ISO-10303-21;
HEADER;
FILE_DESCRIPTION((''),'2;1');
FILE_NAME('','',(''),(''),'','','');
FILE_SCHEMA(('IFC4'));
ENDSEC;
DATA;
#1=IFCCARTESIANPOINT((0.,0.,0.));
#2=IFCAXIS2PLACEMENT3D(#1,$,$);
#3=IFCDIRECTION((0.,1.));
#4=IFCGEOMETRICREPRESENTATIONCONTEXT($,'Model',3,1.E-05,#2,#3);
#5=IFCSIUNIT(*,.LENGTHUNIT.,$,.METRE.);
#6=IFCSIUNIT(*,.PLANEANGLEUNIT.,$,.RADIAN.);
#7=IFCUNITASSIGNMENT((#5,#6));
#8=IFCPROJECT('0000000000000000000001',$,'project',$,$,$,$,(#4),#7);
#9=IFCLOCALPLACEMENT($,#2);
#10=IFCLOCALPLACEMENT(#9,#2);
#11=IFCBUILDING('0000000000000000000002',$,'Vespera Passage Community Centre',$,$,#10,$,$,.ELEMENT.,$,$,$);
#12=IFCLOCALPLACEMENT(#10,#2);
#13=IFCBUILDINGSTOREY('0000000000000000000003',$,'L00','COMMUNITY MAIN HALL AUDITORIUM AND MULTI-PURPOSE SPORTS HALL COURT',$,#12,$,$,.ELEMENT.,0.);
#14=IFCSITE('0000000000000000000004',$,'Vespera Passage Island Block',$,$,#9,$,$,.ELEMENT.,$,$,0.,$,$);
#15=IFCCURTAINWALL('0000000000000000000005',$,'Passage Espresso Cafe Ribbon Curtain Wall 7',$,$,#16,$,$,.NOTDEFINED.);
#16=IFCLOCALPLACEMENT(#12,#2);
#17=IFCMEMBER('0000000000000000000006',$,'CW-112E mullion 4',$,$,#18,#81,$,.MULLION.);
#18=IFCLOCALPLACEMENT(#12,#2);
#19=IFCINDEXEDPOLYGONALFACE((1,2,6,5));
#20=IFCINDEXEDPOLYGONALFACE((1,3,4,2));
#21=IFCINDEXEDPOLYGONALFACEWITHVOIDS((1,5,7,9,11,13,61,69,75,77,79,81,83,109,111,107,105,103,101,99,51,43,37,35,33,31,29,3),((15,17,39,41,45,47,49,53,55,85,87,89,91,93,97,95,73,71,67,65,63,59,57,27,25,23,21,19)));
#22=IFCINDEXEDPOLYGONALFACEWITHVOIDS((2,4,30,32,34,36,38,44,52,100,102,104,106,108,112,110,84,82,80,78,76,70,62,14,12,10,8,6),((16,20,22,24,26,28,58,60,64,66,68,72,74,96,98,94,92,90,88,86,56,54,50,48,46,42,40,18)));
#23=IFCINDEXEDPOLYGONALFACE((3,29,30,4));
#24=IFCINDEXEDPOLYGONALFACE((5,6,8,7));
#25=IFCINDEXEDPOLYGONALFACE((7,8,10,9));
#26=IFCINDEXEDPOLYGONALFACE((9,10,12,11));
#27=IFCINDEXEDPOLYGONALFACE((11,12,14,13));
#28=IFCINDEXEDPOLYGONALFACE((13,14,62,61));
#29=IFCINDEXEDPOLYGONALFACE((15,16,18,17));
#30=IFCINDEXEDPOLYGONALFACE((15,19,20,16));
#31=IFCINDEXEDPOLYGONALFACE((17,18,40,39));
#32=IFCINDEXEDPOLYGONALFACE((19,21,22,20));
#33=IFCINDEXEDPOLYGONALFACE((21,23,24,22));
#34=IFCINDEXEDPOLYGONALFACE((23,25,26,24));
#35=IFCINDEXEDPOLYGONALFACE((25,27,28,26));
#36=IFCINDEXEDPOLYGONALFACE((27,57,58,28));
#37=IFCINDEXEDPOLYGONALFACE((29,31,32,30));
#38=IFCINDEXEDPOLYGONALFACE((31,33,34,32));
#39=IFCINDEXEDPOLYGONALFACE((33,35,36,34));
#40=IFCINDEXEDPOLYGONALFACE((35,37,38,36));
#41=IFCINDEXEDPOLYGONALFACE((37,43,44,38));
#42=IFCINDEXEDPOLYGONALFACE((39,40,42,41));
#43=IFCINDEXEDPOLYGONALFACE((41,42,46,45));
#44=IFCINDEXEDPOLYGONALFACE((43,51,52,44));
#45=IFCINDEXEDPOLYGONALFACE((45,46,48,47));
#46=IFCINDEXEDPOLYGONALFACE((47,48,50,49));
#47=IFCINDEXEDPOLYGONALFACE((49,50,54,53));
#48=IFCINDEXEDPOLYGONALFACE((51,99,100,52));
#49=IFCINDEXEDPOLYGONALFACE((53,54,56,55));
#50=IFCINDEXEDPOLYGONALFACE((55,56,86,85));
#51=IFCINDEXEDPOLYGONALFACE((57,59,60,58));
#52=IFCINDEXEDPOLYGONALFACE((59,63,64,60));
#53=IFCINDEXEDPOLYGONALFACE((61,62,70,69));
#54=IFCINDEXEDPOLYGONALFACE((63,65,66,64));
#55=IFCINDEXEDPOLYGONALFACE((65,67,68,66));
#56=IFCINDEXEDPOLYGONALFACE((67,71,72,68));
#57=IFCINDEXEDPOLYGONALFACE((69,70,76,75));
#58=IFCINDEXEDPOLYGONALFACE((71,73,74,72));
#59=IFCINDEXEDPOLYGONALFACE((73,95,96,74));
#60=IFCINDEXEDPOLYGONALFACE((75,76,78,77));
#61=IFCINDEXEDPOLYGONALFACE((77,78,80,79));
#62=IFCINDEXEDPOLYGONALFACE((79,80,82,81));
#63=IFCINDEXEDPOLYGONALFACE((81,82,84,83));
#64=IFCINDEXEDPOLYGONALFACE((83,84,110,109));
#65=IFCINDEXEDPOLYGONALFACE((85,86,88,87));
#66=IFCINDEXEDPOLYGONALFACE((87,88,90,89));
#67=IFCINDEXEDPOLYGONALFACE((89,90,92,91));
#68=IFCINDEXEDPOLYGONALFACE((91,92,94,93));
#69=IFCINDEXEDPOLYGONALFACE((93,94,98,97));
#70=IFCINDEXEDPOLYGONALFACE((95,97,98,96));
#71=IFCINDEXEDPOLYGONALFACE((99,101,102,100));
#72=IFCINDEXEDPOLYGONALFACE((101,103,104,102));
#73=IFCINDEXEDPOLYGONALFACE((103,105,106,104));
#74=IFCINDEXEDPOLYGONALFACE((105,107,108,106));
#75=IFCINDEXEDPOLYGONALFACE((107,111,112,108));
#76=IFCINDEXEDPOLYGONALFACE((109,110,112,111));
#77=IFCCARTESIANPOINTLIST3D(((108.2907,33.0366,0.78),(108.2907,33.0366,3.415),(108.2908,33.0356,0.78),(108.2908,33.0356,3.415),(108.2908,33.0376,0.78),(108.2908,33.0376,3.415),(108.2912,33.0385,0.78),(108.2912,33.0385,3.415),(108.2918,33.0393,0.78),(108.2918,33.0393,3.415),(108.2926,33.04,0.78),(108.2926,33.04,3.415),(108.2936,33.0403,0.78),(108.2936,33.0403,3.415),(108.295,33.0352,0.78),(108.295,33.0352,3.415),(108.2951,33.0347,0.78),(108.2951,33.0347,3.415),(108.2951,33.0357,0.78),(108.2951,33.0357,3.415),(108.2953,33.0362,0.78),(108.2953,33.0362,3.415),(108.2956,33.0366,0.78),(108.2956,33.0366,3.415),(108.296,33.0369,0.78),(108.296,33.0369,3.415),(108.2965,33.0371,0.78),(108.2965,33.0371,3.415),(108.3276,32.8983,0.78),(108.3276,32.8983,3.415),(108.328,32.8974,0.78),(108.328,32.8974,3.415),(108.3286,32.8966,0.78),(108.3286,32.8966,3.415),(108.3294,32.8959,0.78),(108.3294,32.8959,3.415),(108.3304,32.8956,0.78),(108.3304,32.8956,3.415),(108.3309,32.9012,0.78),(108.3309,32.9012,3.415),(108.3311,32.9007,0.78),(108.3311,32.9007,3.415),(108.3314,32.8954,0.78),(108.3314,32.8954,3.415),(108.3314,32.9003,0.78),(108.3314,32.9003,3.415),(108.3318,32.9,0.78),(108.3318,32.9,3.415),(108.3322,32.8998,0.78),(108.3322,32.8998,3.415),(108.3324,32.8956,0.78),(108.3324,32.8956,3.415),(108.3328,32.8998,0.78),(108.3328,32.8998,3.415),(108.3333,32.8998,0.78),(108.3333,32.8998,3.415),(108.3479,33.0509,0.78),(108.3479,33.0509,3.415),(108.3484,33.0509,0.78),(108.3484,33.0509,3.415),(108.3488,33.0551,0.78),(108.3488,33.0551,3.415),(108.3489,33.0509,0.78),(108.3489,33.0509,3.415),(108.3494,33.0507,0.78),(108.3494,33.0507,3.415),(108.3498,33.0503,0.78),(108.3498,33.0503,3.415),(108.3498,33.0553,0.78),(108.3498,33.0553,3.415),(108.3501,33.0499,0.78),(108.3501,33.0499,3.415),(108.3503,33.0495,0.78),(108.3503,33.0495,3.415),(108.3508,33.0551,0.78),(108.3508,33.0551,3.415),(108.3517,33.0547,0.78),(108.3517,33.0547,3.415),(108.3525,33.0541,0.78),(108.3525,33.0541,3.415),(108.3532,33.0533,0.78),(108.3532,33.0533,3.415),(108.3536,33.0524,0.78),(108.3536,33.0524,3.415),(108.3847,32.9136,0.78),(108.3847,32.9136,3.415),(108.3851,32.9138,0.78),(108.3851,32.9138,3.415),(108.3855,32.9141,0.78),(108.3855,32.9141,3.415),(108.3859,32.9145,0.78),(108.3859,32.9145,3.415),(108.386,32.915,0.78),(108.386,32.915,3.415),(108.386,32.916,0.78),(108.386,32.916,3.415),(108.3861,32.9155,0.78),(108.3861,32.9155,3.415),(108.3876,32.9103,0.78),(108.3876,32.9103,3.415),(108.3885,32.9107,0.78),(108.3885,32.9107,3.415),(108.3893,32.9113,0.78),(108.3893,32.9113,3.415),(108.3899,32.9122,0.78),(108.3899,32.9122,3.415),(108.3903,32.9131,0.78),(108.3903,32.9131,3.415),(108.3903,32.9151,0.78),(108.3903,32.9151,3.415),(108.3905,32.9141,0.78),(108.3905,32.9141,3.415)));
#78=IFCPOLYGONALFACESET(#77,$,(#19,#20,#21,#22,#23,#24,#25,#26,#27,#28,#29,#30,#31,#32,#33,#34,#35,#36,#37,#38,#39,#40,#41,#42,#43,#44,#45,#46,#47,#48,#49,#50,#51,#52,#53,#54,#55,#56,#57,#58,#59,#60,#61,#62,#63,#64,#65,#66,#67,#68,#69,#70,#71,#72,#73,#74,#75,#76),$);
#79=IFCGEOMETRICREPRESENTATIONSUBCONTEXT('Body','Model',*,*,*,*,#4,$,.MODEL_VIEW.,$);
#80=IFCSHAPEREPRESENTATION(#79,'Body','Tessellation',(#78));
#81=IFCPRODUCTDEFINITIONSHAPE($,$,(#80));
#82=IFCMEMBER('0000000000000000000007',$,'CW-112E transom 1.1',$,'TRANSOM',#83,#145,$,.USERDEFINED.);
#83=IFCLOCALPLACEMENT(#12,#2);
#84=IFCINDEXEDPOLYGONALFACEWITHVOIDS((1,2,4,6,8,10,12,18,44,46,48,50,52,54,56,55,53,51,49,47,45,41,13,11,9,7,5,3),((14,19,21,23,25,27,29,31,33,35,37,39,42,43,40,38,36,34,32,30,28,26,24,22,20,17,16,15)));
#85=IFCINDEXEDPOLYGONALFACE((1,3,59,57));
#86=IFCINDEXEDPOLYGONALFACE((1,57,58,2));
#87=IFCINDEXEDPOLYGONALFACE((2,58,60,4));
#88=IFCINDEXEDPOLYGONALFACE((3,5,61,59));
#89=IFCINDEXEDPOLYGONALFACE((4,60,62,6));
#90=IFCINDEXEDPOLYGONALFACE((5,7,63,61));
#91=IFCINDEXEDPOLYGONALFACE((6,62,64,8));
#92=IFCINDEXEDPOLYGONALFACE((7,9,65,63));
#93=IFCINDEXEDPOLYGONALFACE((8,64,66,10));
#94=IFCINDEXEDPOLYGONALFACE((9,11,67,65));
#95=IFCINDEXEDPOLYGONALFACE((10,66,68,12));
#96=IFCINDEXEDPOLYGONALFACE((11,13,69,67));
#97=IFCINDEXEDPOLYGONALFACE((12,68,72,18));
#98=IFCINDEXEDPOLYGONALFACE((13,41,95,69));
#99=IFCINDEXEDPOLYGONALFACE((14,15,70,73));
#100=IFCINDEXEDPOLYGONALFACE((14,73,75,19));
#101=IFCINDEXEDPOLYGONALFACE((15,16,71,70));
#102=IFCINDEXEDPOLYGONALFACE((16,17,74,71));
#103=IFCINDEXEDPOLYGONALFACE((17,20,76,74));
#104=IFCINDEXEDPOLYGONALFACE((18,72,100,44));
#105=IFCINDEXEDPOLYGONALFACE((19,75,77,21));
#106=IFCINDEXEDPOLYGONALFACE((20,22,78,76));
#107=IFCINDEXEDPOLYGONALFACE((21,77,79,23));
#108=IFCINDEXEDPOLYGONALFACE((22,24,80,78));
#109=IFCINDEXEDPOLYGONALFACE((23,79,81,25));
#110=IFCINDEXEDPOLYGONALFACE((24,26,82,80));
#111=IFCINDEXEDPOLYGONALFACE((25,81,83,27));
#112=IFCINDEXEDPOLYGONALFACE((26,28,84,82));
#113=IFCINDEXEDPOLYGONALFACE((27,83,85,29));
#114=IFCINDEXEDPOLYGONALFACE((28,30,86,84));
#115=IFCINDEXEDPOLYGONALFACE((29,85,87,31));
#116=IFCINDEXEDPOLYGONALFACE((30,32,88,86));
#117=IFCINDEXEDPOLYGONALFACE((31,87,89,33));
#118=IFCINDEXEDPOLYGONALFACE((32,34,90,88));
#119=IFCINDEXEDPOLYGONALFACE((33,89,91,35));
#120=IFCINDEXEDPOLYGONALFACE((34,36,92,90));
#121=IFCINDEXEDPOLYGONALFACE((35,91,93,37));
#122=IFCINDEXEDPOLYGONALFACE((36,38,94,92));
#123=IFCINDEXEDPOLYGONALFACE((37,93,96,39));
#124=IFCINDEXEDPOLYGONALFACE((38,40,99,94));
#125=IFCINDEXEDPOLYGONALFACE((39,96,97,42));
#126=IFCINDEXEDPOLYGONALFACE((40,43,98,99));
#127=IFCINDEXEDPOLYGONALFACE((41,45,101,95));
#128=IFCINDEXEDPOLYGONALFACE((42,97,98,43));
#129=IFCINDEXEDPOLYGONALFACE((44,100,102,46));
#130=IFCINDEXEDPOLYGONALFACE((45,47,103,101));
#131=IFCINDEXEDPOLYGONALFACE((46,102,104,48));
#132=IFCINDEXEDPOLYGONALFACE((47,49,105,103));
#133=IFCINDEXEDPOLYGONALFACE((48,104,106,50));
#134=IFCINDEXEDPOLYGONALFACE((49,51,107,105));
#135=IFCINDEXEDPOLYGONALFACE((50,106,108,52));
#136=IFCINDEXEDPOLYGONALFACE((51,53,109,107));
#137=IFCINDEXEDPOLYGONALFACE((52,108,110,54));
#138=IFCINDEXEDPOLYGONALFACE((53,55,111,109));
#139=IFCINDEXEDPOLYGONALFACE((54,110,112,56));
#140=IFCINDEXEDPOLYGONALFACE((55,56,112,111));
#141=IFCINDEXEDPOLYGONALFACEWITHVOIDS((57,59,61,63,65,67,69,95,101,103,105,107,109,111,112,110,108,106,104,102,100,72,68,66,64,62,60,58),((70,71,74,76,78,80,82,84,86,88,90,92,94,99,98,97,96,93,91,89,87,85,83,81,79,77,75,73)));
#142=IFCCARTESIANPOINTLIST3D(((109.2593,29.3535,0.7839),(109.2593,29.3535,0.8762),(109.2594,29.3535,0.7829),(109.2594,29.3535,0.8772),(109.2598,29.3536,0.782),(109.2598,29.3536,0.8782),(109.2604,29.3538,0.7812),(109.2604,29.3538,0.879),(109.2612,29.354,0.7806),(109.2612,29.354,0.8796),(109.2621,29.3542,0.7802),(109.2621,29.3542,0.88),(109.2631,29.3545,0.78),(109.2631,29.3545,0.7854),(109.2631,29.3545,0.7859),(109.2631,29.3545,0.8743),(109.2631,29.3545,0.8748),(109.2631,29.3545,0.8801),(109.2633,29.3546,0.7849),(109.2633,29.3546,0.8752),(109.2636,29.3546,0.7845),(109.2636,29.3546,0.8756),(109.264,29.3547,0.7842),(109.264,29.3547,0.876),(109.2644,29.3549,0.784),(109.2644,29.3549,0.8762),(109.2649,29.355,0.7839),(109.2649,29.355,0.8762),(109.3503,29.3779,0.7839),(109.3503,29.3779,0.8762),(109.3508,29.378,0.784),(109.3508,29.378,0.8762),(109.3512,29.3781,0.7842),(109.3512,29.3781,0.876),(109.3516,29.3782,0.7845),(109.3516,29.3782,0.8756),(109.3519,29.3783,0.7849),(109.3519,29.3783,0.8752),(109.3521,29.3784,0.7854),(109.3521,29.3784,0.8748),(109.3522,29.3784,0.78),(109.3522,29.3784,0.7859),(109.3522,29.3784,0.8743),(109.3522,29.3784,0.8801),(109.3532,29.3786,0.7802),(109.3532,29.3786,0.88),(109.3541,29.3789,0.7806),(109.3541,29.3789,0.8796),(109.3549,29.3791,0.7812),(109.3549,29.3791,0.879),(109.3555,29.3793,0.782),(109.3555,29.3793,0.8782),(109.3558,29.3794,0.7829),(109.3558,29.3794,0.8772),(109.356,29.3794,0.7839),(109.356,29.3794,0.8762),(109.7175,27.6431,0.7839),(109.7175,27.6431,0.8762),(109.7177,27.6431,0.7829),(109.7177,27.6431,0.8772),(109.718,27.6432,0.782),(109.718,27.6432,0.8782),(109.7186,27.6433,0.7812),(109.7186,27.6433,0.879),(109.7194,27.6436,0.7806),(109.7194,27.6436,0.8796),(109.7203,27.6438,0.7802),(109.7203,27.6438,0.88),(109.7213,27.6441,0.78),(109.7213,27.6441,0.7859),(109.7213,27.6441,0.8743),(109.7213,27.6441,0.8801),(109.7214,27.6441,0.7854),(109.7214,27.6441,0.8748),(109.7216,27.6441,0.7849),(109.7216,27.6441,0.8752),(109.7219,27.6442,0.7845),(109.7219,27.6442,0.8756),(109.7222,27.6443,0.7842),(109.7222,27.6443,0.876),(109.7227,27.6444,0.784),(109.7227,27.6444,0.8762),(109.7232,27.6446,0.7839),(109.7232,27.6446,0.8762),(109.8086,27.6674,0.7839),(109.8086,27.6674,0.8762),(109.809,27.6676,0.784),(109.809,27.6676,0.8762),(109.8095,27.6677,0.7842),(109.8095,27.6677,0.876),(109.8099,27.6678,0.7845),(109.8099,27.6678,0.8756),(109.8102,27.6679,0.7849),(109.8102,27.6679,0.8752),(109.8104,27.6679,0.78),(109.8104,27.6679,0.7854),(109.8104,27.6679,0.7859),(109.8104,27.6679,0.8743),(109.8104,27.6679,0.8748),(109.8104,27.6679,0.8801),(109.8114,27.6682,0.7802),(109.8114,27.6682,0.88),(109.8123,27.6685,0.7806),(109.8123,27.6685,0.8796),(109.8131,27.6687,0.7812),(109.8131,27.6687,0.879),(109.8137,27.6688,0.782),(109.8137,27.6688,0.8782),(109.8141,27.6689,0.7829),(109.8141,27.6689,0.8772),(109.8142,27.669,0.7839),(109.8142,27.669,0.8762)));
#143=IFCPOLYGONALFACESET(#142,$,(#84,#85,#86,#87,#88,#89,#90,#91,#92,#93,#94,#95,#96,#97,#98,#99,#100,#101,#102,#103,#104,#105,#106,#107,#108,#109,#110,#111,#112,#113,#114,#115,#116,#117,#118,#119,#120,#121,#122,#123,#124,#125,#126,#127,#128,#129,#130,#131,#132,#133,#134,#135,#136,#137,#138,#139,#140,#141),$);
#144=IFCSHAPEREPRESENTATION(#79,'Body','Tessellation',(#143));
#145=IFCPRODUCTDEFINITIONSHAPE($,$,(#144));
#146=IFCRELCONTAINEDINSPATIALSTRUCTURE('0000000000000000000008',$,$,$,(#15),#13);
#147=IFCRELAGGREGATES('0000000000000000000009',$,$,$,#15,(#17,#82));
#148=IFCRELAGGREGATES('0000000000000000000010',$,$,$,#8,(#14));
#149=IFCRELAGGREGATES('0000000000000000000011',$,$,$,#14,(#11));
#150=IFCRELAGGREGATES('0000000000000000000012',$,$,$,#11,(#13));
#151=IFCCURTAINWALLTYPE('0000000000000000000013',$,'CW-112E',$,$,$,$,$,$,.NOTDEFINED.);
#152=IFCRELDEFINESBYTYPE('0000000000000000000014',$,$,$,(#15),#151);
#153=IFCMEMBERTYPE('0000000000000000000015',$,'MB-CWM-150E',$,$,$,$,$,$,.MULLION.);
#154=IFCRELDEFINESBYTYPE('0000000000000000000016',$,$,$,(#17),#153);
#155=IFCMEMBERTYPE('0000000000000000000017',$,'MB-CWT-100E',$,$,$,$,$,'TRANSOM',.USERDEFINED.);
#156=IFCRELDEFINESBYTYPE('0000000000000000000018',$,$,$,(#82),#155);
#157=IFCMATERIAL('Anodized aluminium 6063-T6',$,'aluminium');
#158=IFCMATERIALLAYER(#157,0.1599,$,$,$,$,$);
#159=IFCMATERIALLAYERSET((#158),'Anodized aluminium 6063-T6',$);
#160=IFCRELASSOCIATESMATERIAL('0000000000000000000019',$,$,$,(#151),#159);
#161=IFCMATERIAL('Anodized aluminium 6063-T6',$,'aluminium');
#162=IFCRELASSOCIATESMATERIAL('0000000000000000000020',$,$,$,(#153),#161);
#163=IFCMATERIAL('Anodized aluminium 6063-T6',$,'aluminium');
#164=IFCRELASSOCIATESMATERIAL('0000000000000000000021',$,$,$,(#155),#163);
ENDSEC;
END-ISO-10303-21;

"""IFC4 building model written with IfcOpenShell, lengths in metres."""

from ifc_helpers import new_model, si_unit, direction, frame, origin, origin_2d, place, context, subcontext, project, spatial, hollow_rectangle, extrude, material, layer, layer_set, material_profile, profile_set, type_object, element, aggregate, save


model = new_model("IFC4")

# Units and contexts
model_context = context("Model", 3, precision=1e-05, world=origin(), true_north=direction((0.0, 1.0)))
body_context = subcontext(model_context, "Body", "Model", "MODEL_VIEW")
ifc_project = project(units=[si_unit("LENGTHUNIT", "METRE"), si_unit("PLANEANGLEUNIT", "RADIAN")], contexts=[model_context])

# Site, building, storey
site_placement = place(None, origin())
site = spatial("IfcSite", under=ifc_project, at=site_placement, Name="Vespera Passage Island Block", CompositionType="ELEMENT", RefElevation=0.0)
building_placement = place(site_placement, origin())
building = spatial("IfcBuilding", under=site, at=building_placement, Name="Vespera Passage Community Centre", CompositionType="ELEMENT")
storey_placement = place(building_placement, origin())
storey = spatial("IfcBuildingStorey", under=building, at=storey_placement, Name="L00", Description="COMMUNITY MAIN HALL AUDITORIUM AND MULTI-PURPOSE SPORTS HALL COURT", CompositionType="ELEMENT", Elevation=0.0)

# Curtain wall, members
ifc_material_1 = material(Name="Anodized aluminium 6063-T6", Category="aluminium")
ifc_layer_1 = layer(ifc_material_1, 0.1599)
ifc_layer_set_1 = layer_set([ifc_layer_1], Name="Anodized aluminium 6063-T6")
curtain_wall_type = type_object("IfcCurtainWallType", Name="CW-112E", PredefinedType="NOTDEFINED", material=ifc_layer_set_1)
curtain_wall_placement = place(storey_placement, origin())
curtain_wall = element("IfcCurtainWall", 1, at=curtain_wall_placement, inside=storey, type_object=curtain_wall_type, Name="Passage Espresso Cafe Ribbon Curtain Wall 7", PredefinedType="NOTDEFINED")
ifc_material_2 = material(Name="Anodized aluminium 6063-T6", Category="aluminium")
ifc_material_profile_1 = material_profile(ifc_material_2, hollow_rectangle(XDim=0.0649, YDim=0.1499, WallThickness=0.0039, InnerFilletRadius=0.002, OuterFilletRadius=0.0039, at=origin_2d()), Name="ALU150X65X4")
ifc_profile_set_1 = profile_set([ifc_material_profile_1], Name="Anodized aluminium 6063-T6")
member_type_1 = type_object("IfcMemberType", Name="MB-CWM-150E", PredefinedType="MULLION", material=ifc_profile_set_1)
member_1_placement = place(storey_placement, frame((108.3406, 32.9753, 0.78), z_axis=(0.0, 0.0, 1.0), x_axis=(-0.965929, -0.258807, 0.0)))
member_1 = element("IfcMember", 2, at=member_1_placement, type_object=member_type_1, Name="CW-112E mullion 4", PredefinedType="MULLION", context=body_context, shape_type="SweptSolid", body=[
    extrude(hollow_rectangle(XDim=0.0649, YDim=0.1499, WallThickness=0.0039, InnerFilletRadius=0.002, OuterFilletRadius=0.0039, at=origin_2d()), origin(), (0.0, 0.0, 1.0), 2.635),
])
ifc_material_3 = material(Name="Anodized aluminium 6063-T6", Category="aluminium")
ifc_material_profile_2 = material_profile(ifc_material_3, hollow_rectangle(XDim=0.1001, YDim=0.1001, WallThickness=0.0039, InnerFilletRadius=0.002, OuterFilletRadius=0.0039, at=origin_2d()), Name="ALU100X100X4")
ifc_profile_set_2 = profile_set([ifc_material_profile_2], Name="Anodized aluminium 6063-T6")
member_type_2 = type_object("IfcMemberType", Name="MB-CWT-100E", ElementType="TRANSOM", PredefinedType="USERDEFINED", material=ifc_profile_set_2)
member_2_placement = place(storey_placement, frame((109.7659, 27.656, 0.8301), z_axis=(-0.258787, 0.965935, 0.0), x_axis=(-0.965935, -0.258787, 0.0)))
member_2 = element("IfcMember", 3, at=member_2_placement, type_object=member_type_2, Name="CW-112E transom 1.1", ObjectType="TRANSOM", PredefinedType="USERDEFINED", context=body_context, shape_type="SweptSolid", body=[
    extrude(hollow_rectangle(XDim=0.1001, YDim=0.1001, WallThickness=0.0039, InnerFilletRadius=0.002, OuterFilletRadius=0.0039, at=origin_2d()), origin(), (0.0, 0.0, 1.0), 1.7708),
])
aggregate(curtain_wall, [member_1, member_2])

save(model, "model.ifc")
